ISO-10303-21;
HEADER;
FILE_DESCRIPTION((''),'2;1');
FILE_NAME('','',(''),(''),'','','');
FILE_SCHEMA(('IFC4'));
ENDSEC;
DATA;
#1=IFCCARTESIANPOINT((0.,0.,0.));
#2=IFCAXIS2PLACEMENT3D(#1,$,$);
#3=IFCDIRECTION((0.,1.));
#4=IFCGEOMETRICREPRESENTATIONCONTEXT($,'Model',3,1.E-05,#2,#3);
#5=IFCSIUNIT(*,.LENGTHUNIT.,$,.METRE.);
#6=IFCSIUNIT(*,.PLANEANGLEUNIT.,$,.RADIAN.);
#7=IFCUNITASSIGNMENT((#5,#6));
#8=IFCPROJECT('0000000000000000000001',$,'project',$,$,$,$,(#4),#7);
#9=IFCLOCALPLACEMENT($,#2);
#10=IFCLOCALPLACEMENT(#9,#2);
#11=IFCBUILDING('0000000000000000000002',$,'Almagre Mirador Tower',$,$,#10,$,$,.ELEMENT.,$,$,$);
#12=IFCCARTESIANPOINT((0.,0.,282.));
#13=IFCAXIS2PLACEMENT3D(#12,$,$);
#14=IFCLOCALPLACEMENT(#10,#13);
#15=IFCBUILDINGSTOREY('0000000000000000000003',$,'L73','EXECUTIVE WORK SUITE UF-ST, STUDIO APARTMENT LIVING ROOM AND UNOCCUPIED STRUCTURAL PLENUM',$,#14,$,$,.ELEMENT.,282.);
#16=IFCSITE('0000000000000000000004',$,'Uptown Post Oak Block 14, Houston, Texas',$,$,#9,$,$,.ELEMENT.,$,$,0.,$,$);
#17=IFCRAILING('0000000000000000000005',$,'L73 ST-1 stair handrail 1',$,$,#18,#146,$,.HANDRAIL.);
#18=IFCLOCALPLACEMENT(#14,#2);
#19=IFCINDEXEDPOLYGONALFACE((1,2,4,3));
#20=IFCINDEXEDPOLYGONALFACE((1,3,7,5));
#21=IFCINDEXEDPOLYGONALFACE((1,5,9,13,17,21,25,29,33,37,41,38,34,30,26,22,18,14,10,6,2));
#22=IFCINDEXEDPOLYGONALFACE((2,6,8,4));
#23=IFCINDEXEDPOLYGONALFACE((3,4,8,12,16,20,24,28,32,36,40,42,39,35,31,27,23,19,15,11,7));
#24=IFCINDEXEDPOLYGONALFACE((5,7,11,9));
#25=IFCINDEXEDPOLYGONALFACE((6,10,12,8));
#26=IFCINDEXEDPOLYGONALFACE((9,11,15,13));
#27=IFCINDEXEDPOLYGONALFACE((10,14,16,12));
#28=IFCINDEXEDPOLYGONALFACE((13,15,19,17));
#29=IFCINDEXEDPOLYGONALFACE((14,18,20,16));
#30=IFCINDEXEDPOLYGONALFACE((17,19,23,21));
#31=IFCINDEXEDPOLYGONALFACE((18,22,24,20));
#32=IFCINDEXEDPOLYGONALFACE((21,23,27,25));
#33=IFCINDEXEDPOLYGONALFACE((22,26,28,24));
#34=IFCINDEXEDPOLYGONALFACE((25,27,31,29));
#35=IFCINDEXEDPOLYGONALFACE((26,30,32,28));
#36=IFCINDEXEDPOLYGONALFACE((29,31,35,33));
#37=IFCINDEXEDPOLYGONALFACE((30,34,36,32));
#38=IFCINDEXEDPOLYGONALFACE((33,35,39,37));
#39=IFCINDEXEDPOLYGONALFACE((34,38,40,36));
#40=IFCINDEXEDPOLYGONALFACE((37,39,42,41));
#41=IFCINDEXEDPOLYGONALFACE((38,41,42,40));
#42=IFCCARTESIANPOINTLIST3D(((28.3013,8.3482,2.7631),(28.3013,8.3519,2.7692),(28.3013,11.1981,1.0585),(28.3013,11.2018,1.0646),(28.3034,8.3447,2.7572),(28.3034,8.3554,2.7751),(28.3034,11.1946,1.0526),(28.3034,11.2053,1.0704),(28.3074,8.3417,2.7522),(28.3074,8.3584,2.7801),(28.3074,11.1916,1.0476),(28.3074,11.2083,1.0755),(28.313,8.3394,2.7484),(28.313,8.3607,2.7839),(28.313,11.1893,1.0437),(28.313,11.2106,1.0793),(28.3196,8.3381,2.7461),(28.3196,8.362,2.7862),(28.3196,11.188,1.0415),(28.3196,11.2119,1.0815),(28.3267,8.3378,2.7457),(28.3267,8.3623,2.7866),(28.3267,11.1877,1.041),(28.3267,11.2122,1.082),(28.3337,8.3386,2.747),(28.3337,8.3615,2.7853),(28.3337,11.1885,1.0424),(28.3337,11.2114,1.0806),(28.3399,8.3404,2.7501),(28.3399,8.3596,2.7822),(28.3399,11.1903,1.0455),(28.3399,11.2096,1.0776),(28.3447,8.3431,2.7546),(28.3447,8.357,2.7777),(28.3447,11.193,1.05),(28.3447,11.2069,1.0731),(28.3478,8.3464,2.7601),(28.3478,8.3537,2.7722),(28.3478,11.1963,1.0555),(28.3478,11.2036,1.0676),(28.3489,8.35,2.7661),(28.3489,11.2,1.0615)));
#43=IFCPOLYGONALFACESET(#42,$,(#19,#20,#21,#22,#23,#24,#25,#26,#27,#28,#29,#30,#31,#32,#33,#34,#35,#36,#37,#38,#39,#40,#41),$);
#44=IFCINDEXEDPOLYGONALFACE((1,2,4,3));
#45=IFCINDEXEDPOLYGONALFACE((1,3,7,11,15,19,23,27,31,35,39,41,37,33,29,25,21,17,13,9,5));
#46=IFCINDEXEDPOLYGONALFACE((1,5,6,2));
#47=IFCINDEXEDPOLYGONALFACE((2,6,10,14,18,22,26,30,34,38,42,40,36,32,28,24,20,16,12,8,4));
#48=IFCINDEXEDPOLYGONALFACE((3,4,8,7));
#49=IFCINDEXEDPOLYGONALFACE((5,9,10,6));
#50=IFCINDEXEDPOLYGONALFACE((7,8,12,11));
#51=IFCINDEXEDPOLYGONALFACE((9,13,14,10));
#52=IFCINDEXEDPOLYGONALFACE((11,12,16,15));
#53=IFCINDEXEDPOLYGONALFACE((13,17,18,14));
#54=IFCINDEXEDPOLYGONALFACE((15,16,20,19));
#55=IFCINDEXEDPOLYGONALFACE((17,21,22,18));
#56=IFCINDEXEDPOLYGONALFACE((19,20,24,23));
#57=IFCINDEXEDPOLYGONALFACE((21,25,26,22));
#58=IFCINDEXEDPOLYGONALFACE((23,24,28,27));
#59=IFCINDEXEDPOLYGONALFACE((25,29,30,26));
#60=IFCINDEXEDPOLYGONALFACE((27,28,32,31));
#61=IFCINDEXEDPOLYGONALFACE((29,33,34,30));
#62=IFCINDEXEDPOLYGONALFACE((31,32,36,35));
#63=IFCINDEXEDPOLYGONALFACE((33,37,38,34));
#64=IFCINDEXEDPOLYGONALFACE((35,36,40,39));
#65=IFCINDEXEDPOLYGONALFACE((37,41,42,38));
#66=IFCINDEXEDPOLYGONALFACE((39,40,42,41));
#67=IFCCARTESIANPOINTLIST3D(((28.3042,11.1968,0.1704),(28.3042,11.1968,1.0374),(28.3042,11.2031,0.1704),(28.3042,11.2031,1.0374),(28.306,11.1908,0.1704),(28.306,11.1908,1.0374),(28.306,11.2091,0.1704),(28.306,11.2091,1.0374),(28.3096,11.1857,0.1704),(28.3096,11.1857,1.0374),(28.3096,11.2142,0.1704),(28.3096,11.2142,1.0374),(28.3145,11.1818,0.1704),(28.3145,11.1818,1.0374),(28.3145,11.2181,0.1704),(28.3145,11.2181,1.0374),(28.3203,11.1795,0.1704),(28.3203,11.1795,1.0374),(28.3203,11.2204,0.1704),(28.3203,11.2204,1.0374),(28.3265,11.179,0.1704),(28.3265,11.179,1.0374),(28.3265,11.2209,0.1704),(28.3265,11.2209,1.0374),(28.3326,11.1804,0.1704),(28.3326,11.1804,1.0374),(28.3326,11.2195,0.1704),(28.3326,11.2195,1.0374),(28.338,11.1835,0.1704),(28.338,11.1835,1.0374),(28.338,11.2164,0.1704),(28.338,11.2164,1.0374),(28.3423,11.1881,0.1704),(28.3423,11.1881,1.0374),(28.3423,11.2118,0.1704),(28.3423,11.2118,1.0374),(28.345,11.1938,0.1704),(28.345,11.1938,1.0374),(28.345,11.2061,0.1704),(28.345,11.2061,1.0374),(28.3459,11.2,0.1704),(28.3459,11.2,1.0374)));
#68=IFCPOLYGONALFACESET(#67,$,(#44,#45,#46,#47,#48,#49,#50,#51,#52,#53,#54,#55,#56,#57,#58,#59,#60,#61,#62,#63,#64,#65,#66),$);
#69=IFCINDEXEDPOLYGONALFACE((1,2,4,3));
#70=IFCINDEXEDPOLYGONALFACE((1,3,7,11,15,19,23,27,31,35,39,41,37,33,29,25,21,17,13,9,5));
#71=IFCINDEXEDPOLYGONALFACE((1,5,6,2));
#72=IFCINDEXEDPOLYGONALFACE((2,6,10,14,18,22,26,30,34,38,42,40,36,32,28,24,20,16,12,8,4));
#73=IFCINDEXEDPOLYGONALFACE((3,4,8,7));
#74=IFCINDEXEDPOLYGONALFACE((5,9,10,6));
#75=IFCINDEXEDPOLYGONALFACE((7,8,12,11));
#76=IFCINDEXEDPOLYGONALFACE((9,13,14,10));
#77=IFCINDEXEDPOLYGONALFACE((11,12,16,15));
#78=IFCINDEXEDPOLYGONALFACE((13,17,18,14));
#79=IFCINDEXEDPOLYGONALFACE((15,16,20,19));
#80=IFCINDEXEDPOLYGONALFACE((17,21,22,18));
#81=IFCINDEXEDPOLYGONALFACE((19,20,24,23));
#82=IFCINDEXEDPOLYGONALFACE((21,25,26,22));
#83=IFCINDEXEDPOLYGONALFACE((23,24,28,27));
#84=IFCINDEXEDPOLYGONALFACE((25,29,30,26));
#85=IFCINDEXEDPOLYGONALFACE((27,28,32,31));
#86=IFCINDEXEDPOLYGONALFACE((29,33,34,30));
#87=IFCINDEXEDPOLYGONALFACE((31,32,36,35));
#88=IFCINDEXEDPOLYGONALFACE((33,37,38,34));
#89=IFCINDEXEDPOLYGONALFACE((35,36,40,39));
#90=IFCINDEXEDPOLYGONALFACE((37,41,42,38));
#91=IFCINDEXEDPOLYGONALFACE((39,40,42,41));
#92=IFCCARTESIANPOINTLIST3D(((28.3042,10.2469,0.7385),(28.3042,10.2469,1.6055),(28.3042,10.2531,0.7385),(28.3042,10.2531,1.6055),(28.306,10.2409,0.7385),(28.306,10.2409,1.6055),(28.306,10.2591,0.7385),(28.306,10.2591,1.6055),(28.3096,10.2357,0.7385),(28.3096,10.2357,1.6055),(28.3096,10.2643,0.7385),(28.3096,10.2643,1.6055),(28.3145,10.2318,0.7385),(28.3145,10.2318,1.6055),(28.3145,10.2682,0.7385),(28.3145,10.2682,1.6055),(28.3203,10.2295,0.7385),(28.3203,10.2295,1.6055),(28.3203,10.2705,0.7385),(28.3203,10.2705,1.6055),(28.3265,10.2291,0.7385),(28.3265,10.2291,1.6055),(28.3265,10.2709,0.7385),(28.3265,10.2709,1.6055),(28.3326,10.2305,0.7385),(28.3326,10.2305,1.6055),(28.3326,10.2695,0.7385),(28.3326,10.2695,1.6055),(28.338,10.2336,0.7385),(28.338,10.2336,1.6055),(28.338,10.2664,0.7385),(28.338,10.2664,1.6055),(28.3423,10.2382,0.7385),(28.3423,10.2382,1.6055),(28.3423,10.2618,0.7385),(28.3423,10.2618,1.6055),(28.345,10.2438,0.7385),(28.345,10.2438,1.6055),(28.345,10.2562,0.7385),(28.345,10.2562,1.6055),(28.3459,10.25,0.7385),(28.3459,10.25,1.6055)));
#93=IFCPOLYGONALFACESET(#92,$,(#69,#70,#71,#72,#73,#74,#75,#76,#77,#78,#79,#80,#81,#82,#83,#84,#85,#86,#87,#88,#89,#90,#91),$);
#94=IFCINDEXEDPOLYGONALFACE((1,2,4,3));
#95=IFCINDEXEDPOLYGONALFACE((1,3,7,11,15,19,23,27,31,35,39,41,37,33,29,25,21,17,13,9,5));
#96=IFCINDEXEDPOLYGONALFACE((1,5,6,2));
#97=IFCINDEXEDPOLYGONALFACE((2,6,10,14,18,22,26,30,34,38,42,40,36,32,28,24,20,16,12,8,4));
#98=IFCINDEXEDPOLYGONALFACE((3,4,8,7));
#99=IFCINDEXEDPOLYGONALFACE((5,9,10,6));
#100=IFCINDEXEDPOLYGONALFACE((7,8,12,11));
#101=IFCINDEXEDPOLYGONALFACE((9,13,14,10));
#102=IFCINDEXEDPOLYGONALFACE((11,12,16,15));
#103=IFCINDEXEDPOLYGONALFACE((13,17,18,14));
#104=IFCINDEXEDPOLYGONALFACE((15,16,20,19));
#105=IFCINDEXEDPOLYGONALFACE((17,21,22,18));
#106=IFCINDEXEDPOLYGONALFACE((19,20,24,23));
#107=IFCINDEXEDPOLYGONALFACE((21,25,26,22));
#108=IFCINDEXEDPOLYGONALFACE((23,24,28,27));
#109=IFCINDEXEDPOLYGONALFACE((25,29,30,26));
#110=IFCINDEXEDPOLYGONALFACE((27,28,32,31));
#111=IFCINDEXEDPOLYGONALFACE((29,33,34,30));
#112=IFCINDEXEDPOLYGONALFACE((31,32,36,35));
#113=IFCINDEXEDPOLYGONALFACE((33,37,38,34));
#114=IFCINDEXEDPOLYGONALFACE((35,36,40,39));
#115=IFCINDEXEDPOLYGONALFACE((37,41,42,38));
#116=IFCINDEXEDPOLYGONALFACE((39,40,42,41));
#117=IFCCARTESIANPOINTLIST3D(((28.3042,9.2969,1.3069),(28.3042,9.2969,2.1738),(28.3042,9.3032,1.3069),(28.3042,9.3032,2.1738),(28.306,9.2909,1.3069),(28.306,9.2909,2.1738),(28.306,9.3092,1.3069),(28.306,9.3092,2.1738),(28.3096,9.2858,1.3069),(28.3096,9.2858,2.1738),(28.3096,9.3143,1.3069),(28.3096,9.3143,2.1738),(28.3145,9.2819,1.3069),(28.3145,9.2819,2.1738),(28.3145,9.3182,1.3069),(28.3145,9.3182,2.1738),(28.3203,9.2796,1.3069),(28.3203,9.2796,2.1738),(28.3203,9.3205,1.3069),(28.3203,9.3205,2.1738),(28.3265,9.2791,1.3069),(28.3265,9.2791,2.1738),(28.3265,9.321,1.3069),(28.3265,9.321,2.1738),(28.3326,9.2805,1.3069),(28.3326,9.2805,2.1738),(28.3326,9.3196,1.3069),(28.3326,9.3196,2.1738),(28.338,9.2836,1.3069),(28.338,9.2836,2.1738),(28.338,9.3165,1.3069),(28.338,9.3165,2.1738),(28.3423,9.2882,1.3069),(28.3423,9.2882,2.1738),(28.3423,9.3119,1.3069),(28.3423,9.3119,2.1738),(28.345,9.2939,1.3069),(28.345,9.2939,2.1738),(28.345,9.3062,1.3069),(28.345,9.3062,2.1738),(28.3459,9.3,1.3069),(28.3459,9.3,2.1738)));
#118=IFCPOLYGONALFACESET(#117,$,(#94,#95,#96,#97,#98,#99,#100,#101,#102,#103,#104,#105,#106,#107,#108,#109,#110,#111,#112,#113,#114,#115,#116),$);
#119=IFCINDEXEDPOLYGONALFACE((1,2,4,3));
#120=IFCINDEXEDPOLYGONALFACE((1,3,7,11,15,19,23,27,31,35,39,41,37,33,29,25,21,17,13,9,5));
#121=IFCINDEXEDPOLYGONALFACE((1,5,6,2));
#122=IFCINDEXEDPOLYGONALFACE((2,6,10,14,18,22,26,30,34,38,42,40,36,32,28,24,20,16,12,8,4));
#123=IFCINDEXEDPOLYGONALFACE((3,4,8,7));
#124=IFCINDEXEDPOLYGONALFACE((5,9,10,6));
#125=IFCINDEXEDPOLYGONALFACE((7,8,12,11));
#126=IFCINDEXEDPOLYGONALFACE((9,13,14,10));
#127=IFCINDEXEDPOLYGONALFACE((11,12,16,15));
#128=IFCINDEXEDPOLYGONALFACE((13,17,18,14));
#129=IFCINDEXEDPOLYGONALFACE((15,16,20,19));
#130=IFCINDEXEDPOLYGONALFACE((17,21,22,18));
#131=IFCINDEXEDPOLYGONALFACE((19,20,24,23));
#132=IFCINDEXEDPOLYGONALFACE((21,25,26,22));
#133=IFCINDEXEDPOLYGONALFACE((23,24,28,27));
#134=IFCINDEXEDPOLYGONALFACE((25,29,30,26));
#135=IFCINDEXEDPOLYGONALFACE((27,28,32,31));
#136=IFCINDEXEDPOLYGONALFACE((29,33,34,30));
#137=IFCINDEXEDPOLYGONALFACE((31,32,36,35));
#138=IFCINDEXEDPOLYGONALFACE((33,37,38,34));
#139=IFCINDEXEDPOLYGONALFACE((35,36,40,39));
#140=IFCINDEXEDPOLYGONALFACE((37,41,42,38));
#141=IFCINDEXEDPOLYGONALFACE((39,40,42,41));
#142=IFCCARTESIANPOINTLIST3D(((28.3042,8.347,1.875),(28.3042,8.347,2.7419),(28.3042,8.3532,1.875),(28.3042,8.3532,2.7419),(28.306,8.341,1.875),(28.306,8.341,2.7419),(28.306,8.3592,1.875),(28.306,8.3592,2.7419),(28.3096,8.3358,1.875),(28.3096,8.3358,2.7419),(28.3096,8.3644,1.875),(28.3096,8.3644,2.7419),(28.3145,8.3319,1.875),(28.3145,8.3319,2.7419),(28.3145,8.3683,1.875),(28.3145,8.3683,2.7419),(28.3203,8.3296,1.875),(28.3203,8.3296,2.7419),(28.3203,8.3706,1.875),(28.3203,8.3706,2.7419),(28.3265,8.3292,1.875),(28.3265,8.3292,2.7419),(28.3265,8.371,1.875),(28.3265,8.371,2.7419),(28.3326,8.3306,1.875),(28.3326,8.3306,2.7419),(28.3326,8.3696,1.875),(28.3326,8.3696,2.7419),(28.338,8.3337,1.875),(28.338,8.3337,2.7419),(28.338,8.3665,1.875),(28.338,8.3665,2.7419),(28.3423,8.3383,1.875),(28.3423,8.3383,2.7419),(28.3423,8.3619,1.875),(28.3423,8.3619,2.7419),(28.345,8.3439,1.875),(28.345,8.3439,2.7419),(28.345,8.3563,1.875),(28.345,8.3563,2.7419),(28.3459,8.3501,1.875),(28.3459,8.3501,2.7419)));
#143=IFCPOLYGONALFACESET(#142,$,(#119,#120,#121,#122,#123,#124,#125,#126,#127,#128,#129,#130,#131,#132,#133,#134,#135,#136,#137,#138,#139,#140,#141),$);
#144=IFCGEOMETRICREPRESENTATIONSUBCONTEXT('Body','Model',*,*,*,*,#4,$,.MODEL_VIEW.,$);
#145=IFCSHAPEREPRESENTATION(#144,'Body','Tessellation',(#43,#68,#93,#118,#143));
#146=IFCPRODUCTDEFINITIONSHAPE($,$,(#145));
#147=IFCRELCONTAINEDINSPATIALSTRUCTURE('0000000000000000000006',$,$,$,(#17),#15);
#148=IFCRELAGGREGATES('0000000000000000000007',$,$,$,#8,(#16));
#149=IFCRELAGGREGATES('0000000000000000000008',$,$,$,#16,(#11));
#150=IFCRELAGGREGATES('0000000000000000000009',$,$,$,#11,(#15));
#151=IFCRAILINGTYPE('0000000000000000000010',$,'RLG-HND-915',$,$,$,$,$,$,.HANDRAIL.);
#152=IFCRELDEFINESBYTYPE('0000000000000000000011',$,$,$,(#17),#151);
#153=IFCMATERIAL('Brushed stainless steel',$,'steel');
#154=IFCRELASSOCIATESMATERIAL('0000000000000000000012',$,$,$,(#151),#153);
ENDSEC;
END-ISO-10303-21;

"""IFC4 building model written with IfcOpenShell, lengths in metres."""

from ifc_helpers import new_model, si_unit, direction, frame, origin, origin_2d, place, context, subcontext, project, spatial, circle, extrude, material, type_object, element, save


model = new_model("IFC4")

# Units and contexts
model_context = context("Model", 3, precision=1e-05, world=origin(), true_north=direction((0.0, 1.0)))
body_context = subcontext(model_context, "Body", "Model", "MODEL_VIEW")
ifc_project = project(units=[si_unit("LENGTHUNIT", "METRE"), si_unit("PLANEANGLEUNIT", "RADIAN")], contexts=[model_context])

# Site, building, storey
site_placement = place(None, origin())
site = spatial("IfcSite", under=ifc_project, at=site_placement, Name="Uptown Post Oak Block 14, Houston, Texas", CompositionType="ELEMENT", RefElevation=0.0)
building_placement = place(site_placement, origin())
building = spatial("IfcBuilding", under=site, at=building_placement, Name="Almagre Mirador Tower", CompositionType="ELEMENT")
storey_placement = place(building_placement, frame((0.0, 0.0, 282.0)))
storey = spatial("IfcBuildingStorey", under=building, at=storey_placement, Name="L73", Description="EXECUTIVE WORK SUITE UF-ST, STUDIO APARTMENT LIVING ROOM AND UNOCCUPIED STRUCTURAL PLENUM", CompositionType="ELEMENT", Elevation=282.0)

# Railing
ifc_material_1 = material(Name="Brushed stainless steel", Category="steel")
railing_type = type_object("IfcRailingType", Name="RLG-HND-915", PredefinedType="HANDRAIL", material=ifc_material_1)
railing_placement = place(storey_placement, frame((28.325, 11.2, 0.1704)))
element("IfcRailing", 1, at=railing_placement, inside=storey, type_object=railing_type, Name="L73 ST-1 stair handrail 1", PredefinedType="HANDRAIL", context=body_context, shape_type="SweptSolid", body=[
    extrude(circle(Radius=0.0239, at=origin_2d()), frame((0.0, 0.0, 0.8911), z_axis=(0.0, -0.858199, 0.513317), x_axis=(1.0, 0.0, 0.0)), (0.0, 0.0, 1.0), 3.3208),
    extrude(circle(Radius=0.021, at=origin_2d()), origin(), (0.0, 0.0, 1.0), 0.8669),
    extrude(circle(Radius=0.021, at=origin_2d()), frame((0.0, -0.95, 0.5681)), (0.0, 0.0, 1.0), 0.8669),
    extrude(circle(Radius=0.021, at=origin_2d()), frame((0.0, -1.8999, 1.1365)), (0.0, 0.0, 1.0), 0.8669),
    extrude(circle(Radius=0.021, at=origin_2d()), frame((0.0, -2.8499, 1.7046)), (0.0, 0.0, 1.0), 0.8669),
])

save(model, "model.ifc")
